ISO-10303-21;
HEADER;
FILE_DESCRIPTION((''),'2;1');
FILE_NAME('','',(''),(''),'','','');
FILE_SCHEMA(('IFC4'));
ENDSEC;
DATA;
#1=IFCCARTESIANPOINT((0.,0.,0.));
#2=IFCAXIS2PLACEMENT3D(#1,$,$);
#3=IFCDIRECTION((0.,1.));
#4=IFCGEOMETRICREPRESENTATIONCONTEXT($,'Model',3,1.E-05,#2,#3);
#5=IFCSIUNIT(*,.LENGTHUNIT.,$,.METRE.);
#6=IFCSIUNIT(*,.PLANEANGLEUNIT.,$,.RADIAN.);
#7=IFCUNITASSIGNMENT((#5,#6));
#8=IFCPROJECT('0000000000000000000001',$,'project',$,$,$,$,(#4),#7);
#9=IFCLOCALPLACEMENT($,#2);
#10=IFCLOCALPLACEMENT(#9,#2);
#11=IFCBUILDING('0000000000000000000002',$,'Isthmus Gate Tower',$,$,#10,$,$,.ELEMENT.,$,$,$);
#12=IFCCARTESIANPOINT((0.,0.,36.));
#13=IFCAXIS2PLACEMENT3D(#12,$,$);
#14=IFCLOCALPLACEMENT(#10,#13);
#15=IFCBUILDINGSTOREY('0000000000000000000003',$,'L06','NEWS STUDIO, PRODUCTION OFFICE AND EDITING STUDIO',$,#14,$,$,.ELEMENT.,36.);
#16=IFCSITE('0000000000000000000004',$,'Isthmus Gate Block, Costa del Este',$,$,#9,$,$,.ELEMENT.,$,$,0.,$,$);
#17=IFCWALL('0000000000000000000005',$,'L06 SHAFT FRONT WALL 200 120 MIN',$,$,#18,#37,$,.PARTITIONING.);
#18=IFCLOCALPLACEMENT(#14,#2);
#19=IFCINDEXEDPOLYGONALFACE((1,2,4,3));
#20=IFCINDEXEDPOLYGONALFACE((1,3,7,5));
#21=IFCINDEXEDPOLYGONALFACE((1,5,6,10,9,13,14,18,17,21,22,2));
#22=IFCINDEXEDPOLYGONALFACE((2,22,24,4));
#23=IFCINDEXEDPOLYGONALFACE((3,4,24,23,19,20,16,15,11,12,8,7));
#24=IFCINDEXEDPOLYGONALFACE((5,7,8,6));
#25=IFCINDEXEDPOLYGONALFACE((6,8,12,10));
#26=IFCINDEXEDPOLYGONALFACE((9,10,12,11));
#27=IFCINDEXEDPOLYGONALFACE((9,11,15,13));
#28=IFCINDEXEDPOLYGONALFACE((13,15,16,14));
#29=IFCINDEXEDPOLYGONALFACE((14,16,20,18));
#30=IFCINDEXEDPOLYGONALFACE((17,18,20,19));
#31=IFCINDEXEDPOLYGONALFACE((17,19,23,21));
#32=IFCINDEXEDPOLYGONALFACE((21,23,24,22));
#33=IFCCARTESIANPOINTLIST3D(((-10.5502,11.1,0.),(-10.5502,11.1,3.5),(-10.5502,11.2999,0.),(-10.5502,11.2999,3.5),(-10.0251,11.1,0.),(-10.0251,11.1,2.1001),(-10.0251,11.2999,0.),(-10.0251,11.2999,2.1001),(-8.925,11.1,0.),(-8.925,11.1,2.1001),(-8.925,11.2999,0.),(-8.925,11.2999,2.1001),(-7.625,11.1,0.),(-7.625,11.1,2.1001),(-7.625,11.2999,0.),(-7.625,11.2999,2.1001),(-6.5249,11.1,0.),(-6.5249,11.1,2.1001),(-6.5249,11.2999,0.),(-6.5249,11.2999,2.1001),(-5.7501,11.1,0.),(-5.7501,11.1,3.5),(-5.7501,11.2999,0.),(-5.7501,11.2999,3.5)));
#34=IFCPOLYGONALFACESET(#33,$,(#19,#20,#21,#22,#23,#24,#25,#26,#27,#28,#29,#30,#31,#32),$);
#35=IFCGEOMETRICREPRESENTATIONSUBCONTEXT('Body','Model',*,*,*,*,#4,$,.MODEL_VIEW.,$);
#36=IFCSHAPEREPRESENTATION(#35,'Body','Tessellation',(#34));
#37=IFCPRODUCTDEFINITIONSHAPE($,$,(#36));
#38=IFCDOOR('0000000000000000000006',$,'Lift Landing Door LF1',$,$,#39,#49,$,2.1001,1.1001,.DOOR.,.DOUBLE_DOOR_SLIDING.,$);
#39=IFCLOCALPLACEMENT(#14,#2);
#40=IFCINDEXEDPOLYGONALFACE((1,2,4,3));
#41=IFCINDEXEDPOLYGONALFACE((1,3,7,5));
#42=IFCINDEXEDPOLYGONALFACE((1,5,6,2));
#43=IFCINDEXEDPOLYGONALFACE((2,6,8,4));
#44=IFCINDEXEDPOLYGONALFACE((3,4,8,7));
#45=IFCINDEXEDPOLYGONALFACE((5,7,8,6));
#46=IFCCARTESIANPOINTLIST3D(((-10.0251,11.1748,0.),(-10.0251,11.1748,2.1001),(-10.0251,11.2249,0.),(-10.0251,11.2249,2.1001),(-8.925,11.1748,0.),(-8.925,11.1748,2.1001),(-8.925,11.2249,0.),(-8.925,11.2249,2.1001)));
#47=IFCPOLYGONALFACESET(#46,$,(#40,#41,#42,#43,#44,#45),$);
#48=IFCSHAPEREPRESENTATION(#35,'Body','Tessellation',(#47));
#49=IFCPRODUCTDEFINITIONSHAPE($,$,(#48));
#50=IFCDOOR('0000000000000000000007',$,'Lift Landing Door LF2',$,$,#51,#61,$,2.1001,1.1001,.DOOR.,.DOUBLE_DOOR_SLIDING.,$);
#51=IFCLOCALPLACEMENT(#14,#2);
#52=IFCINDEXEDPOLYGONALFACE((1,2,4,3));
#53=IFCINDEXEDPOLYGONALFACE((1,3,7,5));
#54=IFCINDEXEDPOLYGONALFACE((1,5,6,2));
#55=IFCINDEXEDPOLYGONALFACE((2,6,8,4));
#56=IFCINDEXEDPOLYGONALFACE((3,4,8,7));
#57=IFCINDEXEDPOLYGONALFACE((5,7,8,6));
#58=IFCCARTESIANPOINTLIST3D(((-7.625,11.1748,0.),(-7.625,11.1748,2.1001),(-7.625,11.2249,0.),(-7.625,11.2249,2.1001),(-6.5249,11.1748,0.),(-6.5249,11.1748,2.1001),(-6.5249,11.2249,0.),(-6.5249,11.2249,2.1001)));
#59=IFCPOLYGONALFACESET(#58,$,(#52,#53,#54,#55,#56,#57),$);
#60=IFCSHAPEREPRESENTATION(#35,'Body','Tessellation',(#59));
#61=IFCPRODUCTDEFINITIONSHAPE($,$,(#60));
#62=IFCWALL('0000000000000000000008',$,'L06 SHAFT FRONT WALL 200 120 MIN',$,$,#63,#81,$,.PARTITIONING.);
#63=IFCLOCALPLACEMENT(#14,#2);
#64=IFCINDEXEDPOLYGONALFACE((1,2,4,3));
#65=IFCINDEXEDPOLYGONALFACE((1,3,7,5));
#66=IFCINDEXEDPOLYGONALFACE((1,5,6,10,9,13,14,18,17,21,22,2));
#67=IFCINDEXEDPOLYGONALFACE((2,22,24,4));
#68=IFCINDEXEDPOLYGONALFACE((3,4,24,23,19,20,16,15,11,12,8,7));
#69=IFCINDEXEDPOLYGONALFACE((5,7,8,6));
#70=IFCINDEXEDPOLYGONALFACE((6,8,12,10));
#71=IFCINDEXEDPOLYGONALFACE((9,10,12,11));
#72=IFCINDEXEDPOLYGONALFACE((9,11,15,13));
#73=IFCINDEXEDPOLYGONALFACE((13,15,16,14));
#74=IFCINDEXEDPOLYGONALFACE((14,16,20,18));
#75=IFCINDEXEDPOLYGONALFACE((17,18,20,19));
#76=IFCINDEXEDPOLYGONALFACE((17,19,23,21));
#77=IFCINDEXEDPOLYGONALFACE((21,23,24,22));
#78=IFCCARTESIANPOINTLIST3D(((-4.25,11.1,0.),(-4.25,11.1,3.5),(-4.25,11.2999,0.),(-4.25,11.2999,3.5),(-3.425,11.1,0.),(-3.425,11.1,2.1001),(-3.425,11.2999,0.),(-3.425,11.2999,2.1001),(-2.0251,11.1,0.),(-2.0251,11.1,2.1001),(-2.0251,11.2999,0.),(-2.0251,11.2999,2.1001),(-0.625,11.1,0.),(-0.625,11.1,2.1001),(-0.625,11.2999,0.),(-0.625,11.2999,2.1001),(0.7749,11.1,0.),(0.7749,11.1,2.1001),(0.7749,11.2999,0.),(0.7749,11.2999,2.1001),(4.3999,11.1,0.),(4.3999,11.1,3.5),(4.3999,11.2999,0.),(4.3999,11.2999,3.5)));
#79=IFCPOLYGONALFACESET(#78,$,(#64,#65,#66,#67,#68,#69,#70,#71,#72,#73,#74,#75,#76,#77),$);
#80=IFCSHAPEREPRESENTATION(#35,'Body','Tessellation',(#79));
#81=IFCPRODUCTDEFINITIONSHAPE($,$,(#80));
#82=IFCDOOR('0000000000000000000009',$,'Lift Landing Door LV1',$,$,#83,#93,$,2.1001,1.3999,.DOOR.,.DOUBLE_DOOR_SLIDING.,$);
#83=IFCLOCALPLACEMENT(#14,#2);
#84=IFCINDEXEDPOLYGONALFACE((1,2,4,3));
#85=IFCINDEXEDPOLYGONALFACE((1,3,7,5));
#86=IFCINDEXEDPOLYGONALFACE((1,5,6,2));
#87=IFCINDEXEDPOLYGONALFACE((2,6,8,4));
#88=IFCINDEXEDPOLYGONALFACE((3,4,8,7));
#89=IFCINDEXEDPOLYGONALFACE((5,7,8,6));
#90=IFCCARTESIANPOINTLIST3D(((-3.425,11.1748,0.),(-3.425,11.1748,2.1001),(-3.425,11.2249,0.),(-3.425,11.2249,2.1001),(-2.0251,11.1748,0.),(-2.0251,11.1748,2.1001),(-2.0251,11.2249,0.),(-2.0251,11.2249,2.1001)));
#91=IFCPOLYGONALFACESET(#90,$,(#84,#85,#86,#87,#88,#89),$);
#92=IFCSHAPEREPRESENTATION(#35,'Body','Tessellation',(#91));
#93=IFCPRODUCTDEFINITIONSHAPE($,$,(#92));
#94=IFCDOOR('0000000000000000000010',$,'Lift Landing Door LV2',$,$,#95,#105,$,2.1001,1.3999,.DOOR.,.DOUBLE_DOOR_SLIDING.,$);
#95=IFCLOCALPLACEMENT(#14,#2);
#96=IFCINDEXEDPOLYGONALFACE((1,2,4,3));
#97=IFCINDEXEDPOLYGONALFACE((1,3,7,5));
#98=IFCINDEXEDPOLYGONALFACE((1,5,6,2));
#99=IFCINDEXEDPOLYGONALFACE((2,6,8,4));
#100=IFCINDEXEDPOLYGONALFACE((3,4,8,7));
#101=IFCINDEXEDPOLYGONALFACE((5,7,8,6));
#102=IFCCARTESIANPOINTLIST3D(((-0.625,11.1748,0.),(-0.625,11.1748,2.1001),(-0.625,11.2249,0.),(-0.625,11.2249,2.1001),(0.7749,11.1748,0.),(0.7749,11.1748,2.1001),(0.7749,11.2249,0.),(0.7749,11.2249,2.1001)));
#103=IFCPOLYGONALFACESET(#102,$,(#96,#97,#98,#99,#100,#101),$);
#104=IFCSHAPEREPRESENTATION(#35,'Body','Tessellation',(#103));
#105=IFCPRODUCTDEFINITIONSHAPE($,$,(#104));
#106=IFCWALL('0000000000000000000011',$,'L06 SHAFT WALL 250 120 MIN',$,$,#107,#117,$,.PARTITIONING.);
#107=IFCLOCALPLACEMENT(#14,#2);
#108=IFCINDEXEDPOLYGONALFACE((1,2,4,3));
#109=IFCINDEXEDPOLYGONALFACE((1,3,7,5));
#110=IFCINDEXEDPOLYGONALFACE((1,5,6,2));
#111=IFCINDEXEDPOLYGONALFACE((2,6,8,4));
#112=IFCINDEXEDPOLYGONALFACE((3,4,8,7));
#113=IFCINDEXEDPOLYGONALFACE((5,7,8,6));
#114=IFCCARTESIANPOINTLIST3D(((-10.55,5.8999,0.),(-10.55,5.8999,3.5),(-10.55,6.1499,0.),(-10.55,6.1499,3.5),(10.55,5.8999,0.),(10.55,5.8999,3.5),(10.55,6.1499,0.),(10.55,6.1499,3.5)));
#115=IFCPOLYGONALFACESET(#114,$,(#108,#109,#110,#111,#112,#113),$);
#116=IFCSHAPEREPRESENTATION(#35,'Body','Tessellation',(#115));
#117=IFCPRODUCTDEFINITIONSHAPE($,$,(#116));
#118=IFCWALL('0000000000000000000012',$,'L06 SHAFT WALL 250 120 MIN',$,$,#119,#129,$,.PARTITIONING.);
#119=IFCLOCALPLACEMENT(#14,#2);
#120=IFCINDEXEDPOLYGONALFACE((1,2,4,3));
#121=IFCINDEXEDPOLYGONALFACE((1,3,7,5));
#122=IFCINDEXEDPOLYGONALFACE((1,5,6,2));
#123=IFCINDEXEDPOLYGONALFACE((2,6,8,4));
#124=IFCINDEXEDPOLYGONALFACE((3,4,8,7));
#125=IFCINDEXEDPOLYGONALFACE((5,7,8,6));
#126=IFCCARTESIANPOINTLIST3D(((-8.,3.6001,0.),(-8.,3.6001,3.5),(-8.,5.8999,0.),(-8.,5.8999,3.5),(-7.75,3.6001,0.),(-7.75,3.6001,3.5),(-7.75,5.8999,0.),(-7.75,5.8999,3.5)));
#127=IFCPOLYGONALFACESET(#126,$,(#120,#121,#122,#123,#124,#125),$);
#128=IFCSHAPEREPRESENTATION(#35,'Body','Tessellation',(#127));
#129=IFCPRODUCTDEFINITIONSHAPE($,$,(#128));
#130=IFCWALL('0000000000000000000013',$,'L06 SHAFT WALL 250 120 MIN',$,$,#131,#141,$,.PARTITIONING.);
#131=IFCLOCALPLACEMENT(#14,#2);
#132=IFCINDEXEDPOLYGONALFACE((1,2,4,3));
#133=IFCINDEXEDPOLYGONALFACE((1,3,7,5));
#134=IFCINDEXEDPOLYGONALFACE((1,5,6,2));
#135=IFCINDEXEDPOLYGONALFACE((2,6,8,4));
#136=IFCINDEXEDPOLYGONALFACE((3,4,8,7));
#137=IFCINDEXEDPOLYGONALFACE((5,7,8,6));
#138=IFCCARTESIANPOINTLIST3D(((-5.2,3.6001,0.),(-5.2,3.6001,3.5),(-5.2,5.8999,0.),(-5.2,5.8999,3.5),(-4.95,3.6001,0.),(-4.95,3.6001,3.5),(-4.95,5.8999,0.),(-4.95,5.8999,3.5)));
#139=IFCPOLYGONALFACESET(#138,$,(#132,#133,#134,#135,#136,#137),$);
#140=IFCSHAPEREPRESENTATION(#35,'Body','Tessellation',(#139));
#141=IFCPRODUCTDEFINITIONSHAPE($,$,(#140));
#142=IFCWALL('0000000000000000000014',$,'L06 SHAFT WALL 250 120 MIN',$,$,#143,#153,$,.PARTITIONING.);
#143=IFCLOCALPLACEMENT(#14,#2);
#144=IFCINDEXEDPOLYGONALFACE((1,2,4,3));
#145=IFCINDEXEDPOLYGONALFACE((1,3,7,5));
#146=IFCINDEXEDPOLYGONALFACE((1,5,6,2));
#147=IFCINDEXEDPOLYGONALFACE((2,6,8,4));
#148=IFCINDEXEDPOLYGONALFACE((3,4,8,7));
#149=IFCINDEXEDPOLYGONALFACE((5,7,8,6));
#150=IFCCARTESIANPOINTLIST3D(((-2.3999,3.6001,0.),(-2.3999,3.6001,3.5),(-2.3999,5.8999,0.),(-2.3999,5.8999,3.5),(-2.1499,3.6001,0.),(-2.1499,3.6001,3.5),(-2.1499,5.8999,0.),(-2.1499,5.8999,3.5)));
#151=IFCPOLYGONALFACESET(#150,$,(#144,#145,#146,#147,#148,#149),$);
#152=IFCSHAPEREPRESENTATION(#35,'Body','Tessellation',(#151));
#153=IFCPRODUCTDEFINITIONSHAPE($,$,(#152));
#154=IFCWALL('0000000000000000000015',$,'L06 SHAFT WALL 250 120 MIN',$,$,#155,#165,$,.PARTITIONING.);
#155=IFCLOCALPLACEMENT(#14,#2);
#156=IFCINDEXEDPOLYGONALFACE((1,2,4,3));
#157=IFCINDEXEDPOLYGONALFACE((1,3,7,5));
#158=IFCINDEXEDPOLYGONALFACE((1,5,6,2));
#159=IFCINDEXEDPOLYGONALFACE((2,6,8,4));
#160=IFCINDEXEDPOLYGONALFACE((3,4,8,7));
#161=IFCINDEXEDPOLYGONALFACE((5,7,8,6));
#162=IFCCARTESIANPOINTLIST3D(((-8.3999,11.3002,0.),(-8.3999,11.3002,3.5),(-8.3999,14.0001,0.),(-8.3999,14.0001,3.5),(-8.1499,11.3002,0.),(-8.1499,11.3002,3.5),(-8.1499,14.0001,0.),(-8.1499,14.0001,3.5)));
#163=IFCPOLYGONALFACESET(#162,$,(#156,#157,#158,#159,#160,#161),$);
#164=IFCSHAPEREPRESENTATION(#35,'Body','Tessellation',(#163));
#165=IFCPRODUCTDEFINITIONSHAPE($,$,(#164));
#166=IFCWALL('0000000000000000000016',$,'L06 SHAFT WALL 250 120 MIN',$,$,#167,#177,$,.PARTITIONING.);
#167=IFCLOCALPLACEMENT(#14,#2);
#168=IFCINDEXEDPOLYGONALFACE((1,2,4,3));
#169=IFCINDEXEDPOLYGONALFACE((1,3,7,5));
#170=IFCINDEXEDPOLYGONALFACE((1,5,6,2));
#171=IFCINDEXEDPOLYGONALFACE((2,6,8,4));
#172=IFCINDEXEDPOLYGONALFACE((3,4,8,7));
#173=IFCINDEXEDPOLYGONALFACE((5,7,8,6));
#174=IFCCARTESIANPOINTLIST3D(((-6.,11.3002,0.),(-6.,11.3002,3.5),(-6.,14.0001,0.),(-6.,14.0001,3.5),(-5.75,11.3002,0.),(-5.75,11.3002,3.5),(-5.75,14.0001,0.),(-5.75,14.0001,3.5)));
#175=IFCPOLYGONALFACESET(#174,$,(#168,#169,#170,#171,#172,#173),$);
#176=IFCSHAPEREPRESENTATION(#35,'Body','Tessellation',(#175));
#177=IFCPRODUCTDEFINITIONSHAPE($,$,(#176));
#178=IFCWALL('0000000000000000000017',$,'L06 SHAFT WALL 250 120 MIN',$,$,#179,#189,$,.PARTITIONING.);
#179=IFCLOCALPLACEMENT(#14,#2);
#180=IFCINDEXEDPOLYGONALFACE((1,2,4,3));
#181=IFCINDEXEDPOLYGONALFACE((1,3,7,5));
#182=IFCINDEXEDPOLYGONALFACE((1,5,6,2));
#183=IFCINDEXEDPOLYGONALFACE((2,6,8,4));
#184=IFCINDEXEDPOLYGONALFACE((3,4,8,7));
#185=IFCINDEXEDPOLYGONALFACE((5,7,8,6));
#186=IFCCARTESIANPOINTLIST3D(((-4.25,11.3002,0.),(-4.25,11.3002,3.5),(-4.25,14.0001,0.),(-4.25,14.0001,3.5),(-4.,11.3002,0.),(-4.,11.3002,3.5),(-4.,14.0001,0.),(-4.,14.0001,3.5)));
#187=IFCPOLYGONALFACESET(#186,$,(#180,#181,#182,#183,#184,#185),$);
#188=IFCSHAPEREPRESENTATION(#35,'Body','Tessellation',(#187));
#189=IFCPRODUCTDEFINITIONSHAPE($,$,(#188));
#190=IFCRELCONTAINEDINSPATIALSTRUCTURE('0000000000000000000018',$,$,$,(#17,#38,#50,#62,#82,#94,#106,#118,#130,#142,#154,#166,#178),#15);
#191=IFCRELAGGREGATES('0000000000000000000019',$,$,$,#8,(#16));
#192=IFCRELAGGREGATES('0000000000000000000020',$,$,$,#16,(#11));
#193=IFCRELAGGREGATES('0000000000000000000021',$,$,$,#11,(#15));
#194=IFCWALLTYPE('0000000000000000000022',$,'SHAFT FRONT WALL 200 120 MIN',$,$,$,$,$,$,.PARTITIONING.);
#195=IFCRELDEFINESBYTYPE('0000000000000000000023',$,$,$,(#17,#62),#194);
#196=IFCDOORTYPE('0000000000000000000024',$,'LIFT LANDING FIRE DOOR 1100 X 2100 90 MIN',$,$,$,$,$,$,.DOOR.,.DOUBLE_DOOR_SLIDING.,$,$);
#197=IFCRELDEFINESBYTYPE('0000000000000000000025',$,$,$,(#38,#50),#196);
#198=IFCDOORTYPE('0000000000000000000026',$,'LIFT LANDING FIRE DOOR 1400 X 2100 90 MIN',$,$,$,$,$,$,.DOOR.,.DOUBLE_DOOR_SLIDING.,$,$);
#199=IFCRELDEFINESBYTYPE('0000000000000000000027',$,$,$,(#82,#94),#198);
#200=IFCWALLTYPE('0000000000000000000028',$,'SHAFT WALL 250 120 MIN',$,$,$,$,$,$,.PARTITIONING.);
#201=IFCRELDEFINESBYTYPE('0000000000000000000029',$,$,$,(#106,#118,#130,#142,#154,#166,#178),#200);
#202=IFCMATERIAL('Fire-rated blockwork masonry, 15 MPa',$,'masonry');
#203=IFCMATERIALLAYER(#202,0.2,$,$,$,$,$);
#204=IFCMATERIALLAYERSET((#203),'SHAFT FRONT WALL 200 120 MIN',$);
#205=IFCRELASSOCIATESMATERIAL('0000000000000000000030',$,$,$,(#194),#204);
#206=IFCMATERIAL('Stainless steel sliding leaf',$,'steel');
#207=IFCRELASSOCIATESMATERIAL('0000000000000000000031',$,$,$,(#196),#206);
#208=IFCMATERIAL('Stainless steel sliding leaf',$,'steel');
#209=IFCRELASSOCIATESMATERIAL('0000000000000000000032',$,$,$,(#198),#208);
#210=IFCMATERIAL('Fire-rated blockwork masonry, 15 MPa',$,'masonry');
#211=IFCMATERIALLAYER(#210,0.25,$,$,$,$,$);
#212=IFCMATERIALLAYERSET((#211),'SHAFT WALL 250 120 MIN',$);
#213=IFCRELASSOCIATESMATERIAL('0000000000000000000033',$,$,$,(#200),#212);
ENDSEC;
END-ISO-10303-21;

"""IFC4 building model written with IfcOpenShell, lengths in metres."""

from ifc_helpers import new_model, si_unit, direction, frame, frame_2d, origin, place, context, subcontext, project, spatial, rectangle, extrude, material, layer, layer_set, type_object, element, fill, save


model = new_model("IFC4")

# Units and contexts
model_context = context("Model", 3, precision=1e-05, world=origin(), true_north=direction((0.0, 1.0)))
body_context = subcontext(model_context, "Body", "Model", "MODEL_VIEW")
ifc_project = project(units=[si_unit("LENGTHUNIT", "METRE"), si_unit("PLANEANGLEUNIT", "RADIAN")], contexts=[model_context])

# Site, building, storey
site_placement = place(None, origin())
site = spatial("IfcSite", under=ifc_project, at=site_placement, Name="Isthmus Gate Block, Costa del Este", CompositionType="ELEMENT", RefElevation=0.0)
building_placement = place(site_placement, origin())
building = spatial("IfcBuilding", under=site, at=building_placement, Name="Isthmus Gate Tower", CompositionType="ELEMENT")
storey_placement = place(building_placement, frame((0.0, 0.0, 36.0)))
storey = spatial("IfcBuildingStorey", under=building, at=storey_placement, Name="L06", Description="NEWS STUDIO, PRODUCTION OFFICE AND EDITING STUDIO", CompositionType="ELEMENT", Elevation=36.0)

# Walls, openings, doors
ifc_material_1 = material(Name="Fire-rated blockwork masonry, 15 MPa", Category="masonry")
ifc_layer_1 = layer(ifc_material_1, 0.2)
ifc_layer_set_1 = layer_set([ifc_layer_1], Name="SHAFT FRONT WALL 200 120 MIN")
wall_type_1 = type_object("IfcWallType", Name="SHAFT FRONT WALL 200 120 MIN", PredefinedType="PARTITIONING", material=ifc_layer_set_1)
wall_1_placement = place(storey_placement, frame((-10.55, 11.2, 0.0), z_axis=(0.0, 0.0, 1.0), x_axis=(1.0, 0.0, 0.0)))
wall_1 = element("IfcWall", 1, at=wall_1_placement, inside=storey, type_object=wall_type_1, Name="L06 SHAFT FRONT WALL 200 120 MIN", PredefinedType="PARTITIONING", context=body_context, shape_type="SweptSolid", body=[
    extrude(rectangle(XDim=4.8, YDim=0.2, at=frame_2d((2.3999, 0.0))), origin(), (0.0, 0.0, 1.0), 3.5),
])
opening_1_placement = place(wall_1_placement, frame((0.5249, 0.0, 0.0)))
opening_1 = element("IfcOpeningElement", 2, at=opening_1_placement, cuts=wall_1, PredefinedType="OPENING", context=body_context, shape_type="SweptSolid", body=[
    extrude(rectangle(XDim=1.1001, YDim=2.1001, at=frame_2d((0.55, 1.05))), frame((0.0, 0.1099, 0.0), z_axis=(0.0, -1.0, 0.0), x_axis=(1.0, 0.0, 0.0)), (0.0, 0.0, 1.0), 0.22),
])
opening_2_placement = place(wall_1_placement, frame((2.925, 0.0, 0.0)))
opening_2 = element("IfcOpeningElement", 3, at=opening_2_placement, cuts=wall_1, PredefinedType="OPENING", context=body_context, shape_type="SweptSolid", body=[
    extrude(rectangle(XDim=1.1001, YDim=2.1001, at=frame_2d((0.55, 1.05))), frame((0.0, 0.1099, 0.0), z_axis=(0.0, -1.0, 0.0), x_axis=(1.0, 0.0, 0.0)), (0.0, 0.0, 1.0), 0.22),
])
ifc_material_2 = material(Name="Stainless steel sliding leaf", Category="steel")
door_type_1 = type_object("IfcDoorType", Name="LIFT LANDING FIRE DOOR 1100 X 2100 90 MIN", OperationType="DOUBLE_DOOR_SLIDING", PredefinedType="DOOR", material=ifc_material_2)
door_1_placement = place(opening_1_placement, origin())
door_1 = element("IfcDoor", 4, at=door_1_placement, inside=storey, type_object=door_type_1, Name="Lift Landing Door LF1", OperationType="DOUBLE_DOOR_SLIDING", OverallHeight=2.1001, OverallWidth=1.1001, PredefinedType="DOOR", context=body_context, shape_type="SweptSolid", body=[
    extrude(rectangle(XDim=1.1001, YDim=2.1001, at=frame_2d((0.55, 1.05))), frame((0.0, 0.0249, 0.0), z_axis=(0.0, -1.0, 0.0), x_axis=(1.0, 0.0, 0.0)), (0.0, 0.0, 1.0), 0.05),
])
fill(opening_1, door_1)
door_2_placement = place(opening_2_placement, origin())
door_2 = element("IfcDoor", 5, at=door_2_placement, inside=storey, type_object=door_type_1, Name="Lift Landing Door LF2", OperationType="DOUBLE_DOOR_SLIDING", OverallHeight=2.1001, OverallWidth=1.1001, PredefinedType="DOOR", context=body_context, shape_type="SweptSolid", body=[
    extrude(rectangle(XDim=1.1001, YDim=2.1001, at=frame_2d((0.55, 1.05))), frame((0.0, 0.0249, 0.0), z_axis=(0.0, -1.0, 0.0), x_axis=(1.0, 0.0, 0.0)), (0.0, 0.0, 1.0), 0.05),
])
fill(opening_2, door_2)
wall_2_placement = place(storey_placement, frame((-4.25, 11.2, 0.0), z_axis=(0.0, 0.0, 1.0), x_axis=(1.0, 0.0, 0.0)))
wall_2 = element("IfcWall", 6, at=wall_2_placement, inside=storey, type_object=wall_type_1, Name="L06 SHAFT FRONT WALL 200 120 MIN", PredefinedType="PARTITIONING", context=body_context, shape_type="SweptSolid", body=[
    extrude(rectangle(XDim=8.6499, YDim=0.2, at=frame_2d((4.325, 0.0))), origin(), (0.0, 0.0, 1.0), 3.5),
])
opening_3_placement = place(wall_2_placement, frame((0.825, 0.0, 0.0)))
opening_3 = element("IfcOpeningElement", 7, at=opening_3_placement, cuts=wall_2, PredefinedType="OPENING", context=body_context, shape_type="SweptSolid", body=[
    extrude(rectangle(XDim=1.3999, YDim=2.1001, at=frame_2d((0.7, 1.05))), frame((0.0, 0.1099, 0.0), z_axis=(0.0, -1.0, 0.0), x_axis=(1.0, 0.0, 0.0)), (0.0, 0.0, 1.0), 0.22),
])
opening_4_placement = place(wall_2_placement, frame((3.625, 0.0, 0.0)))
opening_4 = element("IfcOpeningElement", 8, at=opening_4_placement, cuts=wall_2, PredefinedType="OPENING", context=body_context, shape_type="SweptSolid", body=[
    extrude(rectangle(XDim=1.3999, YDim=2.1001, at=frame_2d((0.7, 1.05))), frame((0.0, 0.1099, 0.0), z_axis=(0.0, -1.0, 0.0), x_axis=(1.0, 0.0, 0.0)), (0.0, 0.0, 1.0), 0.22),
])
ifc_material_3 = material(Name="Stainless steel sliding leaf", Category="steel")
door_type_2 = type_object("IfcDoorType", Name="LIFT LANDING FIRE DOOR 1400 X 2100 90 MIN", OperationType="DOUBLE_DOOR_SLIDING", PredefinedType="DOOR", material=ifc_material_3)
door_3_placement = place(opening_3_placement, origin())
door_3 = element("IfcDoor", 9, at=door_3_placement, inside=storey, type_object=door_type_2, Name="Lift Landing Door LV1", OperationType="DOUBLE_DOOR_SLIDING", OverallHeight=2.1001, OverallWidth=1.3999, PredefinedType="DOOR", context=body_context, shape_type="SweptSolid", body=[
    extrude(rectangle(XDim=1.3999, YDim=2.1001, at=frame_2d((0.7, 1.05))), frame((0.0, 0.0249, 0.0), z_axis=(0.0, -1.0, 0.0), x_axis=(1.0, 0.0, 0.0)), (0.0, 0.0, 1.0), 0.05),
])
fill(opening_3, door_3)
door_4_placement = place(opening_4_placement, origin())
door_4 = element("IfcDoor", 10, at=door_4_placement, inside=storey, type_object=door_type_2, Name="Lift Landing Door LV2", OperationType="DOUBLE_DOOR_SLIDING", OverallHeight=2.1001, OverallWidth=1.3999, PredefinedType="DOOR", context=body_context, shape_type="SweptSolid", body=[
    extrude(rectangle(XDim=1.3999, YDim=2.1001, at=frame_2d((0.7, 1.05))), frame((0.0, 0.0249, 0.0), z_axis=(0.0, -1.0, 0.0), x_axis=(1.0, 0.0, 0.0)), (0.0, 0.0, 1.0), 0.05),
])
fill(opening_4, door_4)

# Walls
ifc_material_4 = material(Name="Fire-rated blockwork masonry, 15 MPa", Category="masonry")
ifc_layer_2 = layer(ifc_material_4, 0.25)
ifc_layer_set_2 = layer_set([ifc_layer_2], Name="SHAFT WALL 250 120 MIN")
wall_type_2 = type_object("IfcWallType", Name="SHAFT WALL 250 120 MIN", PredefinedType="PARTITIONING", material=ifc_layer_set_2)
wall_3_placement = place(storey_placement, frame((-10.55, 6.0249, 0.0), z_axis=(0.0, 0.0, 1.0), x_axis=(1.0, 0.0, 0.0)))
element("IfcWall", 11, at=wall_3_placement, inside=storey, type_object=wall_type_2, Name="L06 SHAFT WALL 250 120 MIN", PredefinedType="PARTITIONING", context=body_context, shape_type="SweptSolid", body=[
    extrude(rectangle(XDim=21.1001, YDim=0.25, at=frame_2d((10.55, 0.0))), origin(), (0.0, 0.0, 1.0), 3.5),
])
for number, where, z_axis, x_axis, name in (
    (12, (-7.875, 3.6001, 0.0), (0.0, 0.0, 1.0), (0.0, 1.0, 0.0), "L06 SHAFT WALL 250 120 MIN"),
    (13, (-5.075, 3.6001, 0.0), (0.0, 0.0, 1.0), (0.0, 1.0, 0.0), "L06 SHAFT WALL 250 120 MIN"),
    (14, (-2.2749, 3.6001, 0.0), (0.0, 0.0, 1.0), (0.0, 1.0, 0.0), "L06 SHAFT WALL 250 120 MIN"),
):
    element("IfcWall", number, at=place(storey_placement, frame(where, z_axis=z_axis, x_axis=x_axis)), inside=storey, type_object=wall_type_2, Name=name, PredefinedType="PARTITIONING", context=body_context, shape_type="SweptSolid", body=[
        extrude(rectangle(XDim=2.2998, YDim=0.25, at=frame_2d((1.1499, 0.0))), origin(), (0.0, 0.0, 1.0), 3.5),
    ])
for number, where, z_axis, x_axis, name in (
    (15, (-8.2749, 11.3, 0.0), (0.0, 0.0, 1.0), (0.0, 1.0, 0.0), "L06 SHAFT WALL 250 120 MIN"),
    (16, (-5.875, 11.3, 0.0), (0.0, 0.0, 1.0), (0.0, 1.0, 0.0), "L06 SHAFT WALL 250 120 MIN"),
    (17, (-4.125, 11.3, 0.0), (0.0, 0.0, 1.0), (0.0, 1.0, 0.0), "L06 SHAFT WALL 250 120 MIN"),
):
    element("IfcWall", number, at=place(storey_placement, frame(where, z_axis=z_axis, x_axis=x_axis)), inside=storey, type_object=wall_type_2, Name=name, PredefinedType="PARTITIONING", context=body_context, shape_type="SweptSolid", body=[
        extrude(rectangle(XDim=2.7, YDim=0.25, at=frame_2d((1.3501, 0.0))), origin(), (0.0, 0.0, 1.0), 3.5),
    ])

save(model, "model.ifc")
